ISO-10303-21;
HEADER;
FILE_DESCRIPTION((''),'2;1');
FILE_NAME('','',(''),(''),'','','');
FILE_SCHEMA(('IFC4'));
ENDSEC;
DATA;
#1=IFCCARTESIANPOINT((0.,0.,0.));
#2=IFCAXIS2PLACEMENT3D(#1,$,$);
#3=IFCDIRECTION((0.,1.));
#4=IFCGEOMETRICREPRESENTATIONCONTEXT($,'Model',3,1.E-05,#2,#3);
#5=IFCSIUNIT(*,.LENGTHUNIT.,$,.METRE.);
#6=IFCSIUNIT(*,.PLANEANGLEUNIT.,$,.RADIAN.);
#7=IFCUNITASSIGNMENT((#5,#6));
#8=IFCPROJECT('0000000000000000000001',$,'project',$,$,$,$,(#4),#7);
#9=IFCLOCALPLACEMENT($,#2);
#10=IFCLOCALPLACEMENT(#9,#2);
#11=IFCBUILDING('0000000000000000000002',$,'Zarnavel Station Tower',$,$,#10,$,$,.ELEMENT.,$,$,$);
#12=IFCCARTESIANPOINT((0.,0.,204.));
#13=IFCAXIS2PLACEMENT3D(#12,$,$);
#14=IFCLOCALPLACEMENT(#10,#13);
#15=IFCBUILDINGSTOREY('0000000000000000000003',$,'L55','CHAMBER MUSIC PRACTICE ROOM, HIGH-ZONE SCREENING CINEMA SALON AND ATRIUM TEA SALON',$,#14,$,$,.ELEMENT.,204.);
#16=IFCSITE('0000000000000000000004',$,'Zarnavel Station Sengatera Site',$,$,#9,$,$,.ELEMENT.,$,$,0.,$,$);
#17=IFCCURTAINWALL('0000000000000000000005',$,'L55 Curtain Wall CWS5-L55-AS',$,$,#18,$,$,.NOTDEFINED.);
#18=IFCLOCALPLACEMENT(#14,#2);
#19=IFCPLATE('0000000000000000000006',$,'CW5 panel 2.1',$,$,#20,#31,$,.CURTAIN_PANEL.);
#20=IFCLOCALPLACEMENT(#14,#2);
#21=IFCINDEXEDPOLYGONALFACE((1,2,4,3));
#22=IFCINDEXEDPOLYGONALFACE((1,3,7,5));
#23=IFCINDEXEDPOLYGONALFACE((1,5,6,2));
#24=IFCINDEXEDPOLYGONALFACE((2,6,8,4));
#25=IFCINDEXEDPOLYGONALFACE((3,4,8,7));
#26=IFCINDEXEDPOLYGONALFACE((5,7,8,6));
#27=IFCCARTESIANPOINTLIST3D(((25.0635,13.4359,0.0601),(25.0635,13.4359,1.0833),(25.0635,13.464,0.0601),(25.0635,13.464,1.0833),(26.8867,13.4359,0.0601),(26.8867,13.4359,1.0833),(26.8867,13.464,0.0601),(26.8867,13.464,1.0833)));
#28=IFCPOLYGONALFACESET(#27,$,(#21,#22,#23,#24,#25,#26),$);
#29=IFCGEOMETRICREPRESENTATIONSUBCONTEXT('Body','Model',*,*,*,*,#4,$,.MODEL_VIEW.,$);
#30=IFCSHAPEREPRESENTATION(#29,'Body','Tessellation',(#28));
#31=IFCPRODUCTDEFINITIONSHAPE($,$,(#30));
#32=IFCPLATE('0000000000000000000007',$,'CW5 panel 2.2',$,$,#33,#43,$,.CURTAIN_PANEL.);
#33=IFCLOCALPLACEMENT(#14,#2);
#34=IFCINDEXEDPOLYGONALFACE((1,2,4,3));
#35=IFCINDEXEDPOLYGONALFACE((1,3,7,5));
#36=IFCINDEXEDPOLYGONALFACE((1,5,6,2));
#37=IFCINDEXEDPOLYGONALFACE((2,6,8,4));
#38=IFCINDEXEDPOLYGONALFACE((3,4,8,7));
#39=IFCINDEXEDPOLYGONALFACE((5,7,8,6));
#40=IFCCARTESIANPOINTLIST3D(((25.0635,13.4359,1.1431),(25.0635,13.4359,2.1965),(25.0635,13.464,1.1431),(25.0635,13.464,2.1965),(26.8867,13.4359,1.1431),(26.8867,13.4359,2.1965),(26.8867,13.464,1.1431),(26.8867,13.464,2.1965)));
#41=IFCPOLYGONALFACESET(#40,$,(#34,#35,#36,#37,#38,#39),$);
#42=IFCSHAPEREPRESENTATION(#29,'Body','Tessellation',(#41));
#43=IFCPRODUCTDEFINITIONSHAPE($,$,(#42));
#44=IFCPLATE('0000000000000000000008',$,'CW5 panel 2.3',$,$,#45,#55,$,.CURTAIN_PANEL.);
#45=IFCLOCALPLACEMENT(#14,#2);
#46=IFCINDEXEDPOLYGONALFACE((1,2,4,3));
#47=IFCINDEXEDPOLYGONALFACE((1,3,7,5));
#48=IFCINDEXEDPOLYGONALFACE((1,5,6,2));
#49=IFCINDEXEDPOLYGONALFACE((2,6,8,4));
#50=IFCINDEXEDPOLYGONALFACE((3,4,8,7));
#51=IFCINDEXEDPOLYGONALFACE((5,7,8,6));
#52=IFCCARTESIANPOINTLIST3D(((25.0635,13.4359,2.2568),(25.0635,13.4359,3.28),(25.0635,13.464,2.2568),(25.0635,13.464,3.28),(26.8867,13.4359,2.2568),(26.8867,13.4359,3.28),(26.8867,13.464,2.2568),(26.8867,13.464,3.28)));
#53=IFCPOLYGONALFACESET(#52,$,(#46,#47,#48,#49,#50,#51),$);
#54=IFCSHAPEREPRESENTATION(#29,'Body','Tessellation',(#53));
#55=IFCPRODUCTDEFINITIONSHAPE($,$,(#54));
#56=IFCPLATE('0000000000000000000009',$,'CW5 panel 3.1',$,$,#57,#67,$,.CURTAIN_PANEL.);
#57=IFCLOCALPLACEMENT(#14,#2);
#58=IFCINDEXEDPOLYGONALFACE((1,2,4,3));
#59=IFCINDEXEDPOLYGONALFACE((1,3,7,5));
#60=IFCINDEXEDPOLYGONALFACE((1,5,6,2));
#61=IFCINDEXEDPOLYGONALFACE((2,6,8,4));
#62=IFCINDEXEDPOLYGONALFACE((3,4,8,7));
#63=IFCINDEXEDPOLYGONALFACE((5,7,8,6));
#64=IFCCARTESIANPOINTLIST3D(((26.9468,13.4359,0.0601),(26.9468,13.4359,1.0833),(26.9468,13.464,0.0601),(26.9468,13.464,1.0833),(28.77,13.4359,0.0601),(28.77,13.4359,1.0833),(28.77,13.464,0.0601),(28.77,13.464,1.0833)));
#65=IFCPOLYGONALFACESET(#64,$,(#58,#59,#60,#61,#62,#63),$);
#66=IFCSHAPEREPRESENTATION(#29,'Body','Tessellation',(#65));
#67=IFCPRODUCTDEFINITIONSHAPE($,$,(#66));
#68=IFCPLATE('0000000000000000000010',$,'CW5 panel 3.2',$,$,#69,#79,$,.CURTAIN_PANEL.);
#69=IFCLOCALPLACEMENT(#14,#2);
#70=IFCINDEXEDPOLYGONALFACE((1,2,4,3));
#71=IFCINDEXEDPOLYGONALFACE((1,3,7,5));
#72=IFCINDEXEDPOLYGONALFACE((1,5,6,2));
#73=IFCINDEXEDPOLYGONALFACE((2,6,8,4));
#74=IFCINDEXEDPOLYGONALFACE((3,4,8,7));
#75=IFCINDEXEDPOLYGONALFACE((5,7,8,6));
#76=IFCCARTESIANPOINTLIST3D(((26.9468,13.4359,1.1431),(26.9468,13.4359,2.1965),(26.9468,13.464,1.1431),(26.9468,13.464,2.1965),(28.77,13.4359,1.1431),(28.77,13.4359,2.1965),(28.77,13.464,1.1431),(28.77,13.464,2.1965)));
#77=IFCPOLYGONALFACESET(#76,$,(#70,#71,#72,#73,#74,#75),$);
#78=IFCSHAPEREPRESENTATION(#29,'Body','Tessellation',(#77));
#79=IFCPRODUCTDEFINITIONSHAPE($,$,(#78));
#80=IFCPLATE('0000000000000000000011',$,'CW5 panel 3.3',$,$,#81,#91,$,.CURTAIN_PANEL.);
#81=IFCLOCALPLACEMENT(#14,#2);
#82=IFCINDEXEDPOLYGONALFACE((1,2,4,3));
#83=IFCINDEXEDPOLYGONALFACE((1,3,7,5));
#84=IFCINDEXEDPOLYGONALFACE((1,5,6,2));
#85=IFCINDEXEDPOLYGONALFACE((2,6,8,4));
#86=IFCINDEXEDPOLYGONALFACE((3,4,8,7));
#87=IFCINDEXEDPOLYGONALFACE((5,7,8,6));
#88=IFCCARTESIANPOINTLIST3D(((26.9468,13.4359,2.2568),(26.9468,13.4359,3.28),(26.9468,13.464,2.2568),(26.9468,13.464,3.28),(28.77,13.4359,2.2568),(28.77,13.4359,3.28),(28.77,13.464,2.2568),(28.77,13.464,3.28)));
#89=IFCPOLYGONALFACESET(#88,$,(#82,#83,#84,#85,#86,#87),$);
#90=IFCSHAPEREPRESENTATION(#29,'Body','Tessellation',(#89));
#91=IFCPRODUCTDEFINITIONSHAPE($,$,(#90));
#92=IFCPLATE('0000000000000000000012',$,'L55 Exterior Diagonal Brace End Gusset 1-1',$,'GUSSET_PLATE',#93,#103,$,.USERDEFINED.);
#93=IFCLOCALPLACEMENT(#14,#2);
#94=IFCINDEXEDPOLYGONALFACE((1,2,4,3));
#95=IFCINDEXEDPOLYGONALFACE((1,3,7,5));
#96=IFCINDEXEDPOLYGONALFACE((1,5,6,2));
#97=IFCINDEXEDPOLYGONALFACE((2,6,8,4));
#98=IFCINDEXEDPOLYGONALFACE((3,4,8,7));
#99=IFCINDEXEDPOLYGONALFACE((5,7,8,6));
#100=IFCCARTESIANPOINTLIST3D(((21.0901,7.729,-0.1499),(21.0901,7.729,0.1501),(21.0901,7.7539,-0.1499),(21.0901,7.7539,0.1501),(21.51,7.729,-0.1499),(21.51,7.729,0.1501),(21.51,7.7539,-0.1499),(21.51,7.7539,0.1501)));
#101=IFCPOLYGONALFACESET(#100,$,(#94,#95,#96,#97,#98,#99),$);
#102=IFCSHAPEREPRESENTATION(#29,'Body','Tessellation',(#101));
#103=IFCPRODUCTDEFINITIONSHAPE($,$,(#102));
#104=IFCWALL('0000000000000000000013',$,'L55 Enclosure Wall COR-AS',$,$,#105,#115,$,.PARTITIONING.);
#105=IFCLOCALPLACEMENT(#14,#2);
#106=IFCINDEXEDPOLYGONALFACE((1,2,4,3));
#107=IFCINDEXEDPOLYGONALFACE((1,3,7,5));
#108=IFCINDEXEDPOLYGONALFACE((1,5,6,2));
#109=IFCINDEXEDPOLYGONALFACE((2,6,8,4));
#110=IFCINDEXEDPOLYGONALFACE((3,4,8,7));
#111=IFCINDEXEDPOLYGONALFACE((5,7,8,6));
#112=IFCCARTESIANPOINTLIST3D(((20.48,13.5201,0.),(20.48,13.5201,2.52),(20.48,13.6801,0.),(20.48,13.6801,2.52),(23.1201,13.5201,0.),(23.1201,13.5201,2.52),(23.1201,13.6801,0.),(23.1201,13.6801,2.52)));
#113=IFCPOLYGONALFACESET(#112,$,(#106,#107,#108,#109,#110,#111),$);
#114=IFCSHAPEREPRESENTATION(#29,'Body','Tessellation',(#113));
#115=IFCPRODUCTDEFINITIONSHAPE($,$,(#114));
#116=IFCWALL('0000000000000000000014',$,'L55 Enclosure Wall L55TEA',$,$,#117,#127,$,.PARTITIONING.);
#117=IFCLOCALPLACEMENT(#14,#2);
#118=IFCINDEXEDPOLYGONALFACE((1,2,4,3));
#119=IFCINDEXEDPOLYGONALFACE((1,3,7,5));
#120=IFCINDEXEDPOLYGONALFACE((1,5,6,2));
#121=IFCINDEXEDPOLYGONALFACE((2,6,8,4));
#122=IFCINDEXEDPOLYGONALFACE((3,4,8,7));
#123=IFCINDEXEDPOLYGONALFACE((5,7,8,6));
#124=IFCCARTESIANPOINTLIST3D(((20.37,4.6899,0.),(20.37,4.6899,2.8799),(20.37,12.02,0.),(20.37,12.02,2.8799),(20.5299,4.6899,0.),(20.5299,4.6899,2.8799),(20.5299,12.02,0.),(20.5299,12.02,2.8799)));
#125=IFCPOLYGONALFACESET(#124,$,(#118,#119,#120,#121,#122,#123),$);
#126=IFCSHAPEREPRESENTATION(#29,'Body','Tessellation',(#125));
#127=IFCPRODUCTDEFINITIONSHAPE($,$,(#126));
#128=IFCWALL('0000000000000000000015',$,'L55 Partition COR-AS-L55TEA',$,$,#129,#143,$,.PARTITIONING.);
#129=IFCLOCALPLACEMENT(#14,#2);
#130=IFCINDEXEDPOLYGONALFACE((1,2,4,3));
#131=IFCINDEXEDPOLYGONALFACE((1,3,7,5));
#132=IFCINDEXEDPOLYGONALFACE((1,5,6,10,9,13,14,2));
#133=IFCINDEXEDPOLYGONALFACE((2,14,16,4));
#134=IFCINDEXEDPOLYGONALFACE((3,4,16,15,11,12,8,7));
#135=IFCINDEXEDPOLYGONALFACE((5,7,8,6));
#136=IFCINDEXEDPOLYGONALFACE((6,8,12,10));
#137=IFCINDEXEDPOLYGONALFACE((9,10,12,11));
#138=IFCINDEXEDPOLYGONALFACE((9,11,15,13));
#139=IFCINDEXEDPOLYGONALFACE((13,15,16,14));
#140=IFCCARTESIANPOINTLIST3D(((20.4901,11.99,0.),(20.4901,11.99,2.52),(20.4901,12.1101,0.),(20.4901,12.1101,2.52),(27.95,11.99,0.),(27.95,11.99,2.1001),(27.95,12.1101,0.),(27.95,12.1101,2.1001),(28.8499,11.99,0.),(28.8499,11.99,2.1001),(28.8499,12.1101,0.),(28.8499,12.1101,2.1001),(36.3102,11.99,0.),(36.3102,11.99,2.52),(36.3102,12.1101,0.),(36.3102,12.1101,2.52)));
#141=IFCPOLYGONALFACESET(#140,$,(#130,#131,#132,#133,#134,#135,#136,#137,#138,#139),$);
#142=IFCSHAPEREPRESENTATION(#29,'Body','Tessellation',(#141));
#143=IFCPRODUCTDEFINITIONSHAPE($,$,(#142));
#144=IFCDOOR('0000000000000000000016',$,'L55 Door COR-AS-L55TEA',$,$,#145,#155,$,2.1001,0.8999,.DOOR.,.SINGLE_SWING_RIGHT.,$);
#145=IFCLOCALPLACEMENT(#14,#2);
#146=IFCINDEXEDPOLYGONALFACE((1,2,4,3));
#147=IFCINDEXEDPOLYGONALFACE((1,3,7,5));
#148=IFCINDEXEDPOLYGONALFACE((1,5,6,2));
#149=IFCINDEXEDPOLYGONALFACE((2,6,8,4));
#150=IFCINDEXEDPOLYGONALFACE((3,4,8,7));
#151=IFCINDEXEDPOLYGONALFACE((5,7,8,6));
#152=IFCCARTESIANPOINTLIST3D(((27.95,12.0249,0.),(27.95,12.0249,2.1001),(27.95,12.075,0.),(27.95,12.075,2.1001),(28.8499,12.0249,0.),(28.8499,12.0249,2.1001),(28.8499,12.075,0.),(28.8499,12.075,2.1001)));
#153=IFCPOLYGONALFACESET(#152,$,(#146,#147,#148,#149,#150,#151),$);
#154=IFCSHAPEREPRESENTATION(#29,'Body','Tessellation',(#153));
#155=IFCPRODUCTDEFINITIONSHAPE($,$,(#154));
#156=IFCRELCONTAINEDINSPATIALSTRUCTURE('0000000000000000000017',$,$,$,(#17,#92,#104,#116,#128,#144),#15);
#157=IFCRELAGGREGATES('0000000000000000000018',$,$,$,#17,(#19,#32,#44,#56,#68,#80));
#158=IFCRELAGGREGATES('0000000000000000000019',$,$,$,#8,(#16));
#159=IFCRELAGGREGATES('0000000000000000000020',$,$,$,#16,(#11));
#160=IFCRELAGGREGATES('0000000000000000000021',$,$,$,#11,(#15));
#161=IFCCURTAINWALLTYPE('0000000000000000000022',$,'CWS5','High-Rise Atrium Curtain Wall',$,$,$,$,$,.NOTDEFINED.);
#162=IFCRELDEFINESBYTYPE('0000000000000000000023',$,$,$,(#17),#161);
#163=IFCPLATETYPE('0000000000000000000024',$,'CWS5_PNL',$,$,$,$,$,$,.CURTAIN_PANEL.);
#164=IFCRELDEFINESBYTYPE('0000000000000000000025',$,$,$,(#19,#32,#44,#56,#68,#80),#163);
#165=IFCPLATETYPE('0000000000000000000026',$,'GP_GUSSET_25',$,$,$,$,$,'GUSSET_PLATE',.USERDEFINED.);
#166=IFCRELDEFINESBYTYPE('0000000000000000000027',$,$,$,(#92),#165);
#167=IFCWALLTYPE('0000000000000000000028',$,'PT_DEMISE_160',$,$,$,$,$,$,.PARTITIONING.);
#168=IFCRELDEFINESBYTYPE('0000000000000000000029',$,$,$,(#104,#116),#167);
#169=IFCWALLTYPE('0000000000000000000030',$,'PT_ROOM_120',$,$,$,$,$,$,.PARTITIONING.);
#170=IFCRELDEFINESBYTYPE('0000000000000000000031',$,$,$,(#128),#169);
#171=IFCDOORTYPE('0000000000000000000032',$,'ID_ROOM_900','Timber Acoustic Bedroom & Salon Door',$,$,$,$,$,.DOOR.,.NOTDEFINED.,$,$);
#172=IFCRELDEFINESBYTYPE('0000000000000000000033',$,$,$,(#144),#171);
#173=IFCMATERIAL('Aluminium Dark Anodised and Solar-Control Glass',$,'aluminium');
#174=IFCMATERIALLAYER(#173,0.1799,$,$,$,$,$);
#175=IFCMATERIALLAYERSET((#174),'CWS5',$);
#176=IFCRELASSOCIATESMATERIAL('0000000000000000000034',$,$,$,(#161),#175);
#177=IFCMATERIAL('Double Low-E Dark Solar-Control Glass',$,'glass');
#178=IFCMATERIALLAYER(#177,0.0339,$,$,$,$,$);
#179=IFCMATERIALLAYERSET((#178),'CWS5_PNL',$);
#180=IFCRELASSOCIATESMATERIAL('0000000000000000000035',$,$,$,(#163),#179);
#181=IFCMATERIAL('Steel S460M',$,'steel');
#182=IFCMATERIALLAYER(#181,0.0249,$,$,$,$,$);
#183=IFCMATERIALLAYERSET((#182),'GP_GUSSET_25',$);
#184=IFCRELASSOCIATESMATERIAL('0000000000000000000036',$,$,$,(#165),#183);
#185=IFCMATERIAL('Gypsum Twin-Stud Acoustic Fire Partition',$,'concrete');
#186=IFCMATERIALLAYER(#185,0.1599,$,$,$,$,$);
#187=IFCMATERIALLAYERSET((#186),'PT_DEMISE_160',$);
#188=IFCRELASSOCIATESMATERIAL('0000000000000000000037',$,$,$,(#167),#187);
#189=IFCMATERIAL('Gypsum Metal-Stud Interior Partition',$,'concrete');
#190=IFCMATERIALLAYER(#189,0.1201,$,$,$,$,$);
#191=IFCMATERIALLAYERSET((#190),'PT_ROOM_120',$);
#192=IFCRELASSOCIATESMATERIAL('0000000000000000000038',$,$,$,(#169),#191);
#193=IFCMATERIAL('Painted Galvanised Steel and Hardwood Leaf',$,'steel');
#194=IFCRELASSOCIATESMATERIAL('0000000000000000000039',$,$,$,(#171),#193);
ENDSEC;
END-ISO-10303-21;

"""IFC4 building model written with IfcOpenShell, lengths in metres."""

from ifc_helpers import new_model, si_unit, direction, frame, frame_2d, origin, origin_2d, place, context, subcontext, project, spatial, rectangle, extrude, material, layer, layer_set, type_object, element, fill, aggregate, save


model = new_model("IFC4")

# Units and contexts
model_context = context("Model", 3, precision=1e-05, world=origin(), true_north=direction((0.0, 1.0)))
body_context = subcontext(model_context, "Body", "Model", "MODEL_VIEW")
ifc_project = project(units=[si_unit("LENGTHUNIT", "METRE"), si_unit("PLANEANGLEUNIT", "RADIAN")], contexts=[model_context])

# Site, building, storey
site_placement = place(None, origin())
site = spatial("IfcSite", under=ifc_project, at=site_placement, Name="Zarnavel Station Sengatera Site", CompositionType="ELEMENT", RefElevation=0.0)
building_placement = place(site_placement, origin())
building = spatial("IfcBuilding", under=site, at=building_placement, Name="Zarnavel Station Tower", CompositionType="ELEMENT")
storey_placement = place(building_placement, frame((0.0, 0.0, 204.0)))
storey = spatial("IfcBuildingStorey", under=building, at=storey_placement, Name="L55", Description="CHAMBER MUSIC PRACTICE ROOM, HIGH-ZONE SCREENING CINEMA SALON AND ATRIUM TEA SALON", CompositionType="ELEMENT", Elevation=204.0)

# Curtain wall
ifc_material_1 = material(Name="Aluminium Dark Anodised and Solar-Control Glass", Category="aluminium")
ifc_layer_1 = layer(ifc_material_1, 0.1799)
ifc_layer_set_1 = layer_set([ifc_layer_1], Name="CWS5")
curtain_wall_type = type_object("IfcCurtainWallType", Name="CWS5", Description="High-Rise Atrium Curtain Wall", PredefinedType="NOTDEFINED", material=ifc_layer_set_1)
curtain_wall_placement = place(storey_placement, origin())
curtain_wall = element("IfcCurtainWall", 1, at=curtain_wall_placement, inside=storey, type_object=curtain_wall_type, Name="L55 Curtain Wall CWS5-L55-AS", PredefinedType="NOTDEFINED")

# Plates
ifc_material_2 = material(Name="Double Low-E Dark Solar-Control Glass", Category="glass")
ifc_layer_2 = layer(ifc_material_2, 0.0339)
ifc_layer_set_2 = layer_set([ifc_layer_2], Name="CWS5_PNL")
plate_type_1 = type_object("IfcPlateType", Name="CWS5_PNL", PredefinedType="CURTAIN_PANEL", material=ifc_layer_set_2)
plate_1_placement = place(storey_placement, frame((25.9751, 13.45, 0.0601), z_axis=(0.0, 0.0, 1.0), x_axis=(1.0, 0.0, 0.0)))
plate_1 = element("IfcPlate", 2, at=plate_1_placement, type_object=plate_type_1, Name="CW5 panel 2.1", PredefinedType="CURTAIN_PANEL", context=body_context, shape_type="SweptSolid", body=[
    extrude(rectangle(XDim=1.8232, YDim=0.0281, at=origin_2d()), origin(), (0.0, 0.0, 1.0), 1.0232),
])
plate_2_placement = place(storey_placement, frame((25.9751, 13.45, 1.1431), z_axis=(0.0, 0.0, 1.0), x_axis=(1.0, 0.0, 0.0)))
plate_2 = element("IfcPlate", 3, at=plate_2_placement, type_object=plate_type_1, Name="CW5 panel 2.2", PredefinedType="CURTAIN_PANEL", context=body_context, shape_type="SweptSolid", body=[
    extrude(rectangle(XDim=1.8232, YDim=0.0281, at=origin_2d()), origin(), (0.0, 0.0, 1.0), 1.0535),
])
plate_3_placement = place(storey_placement, frame((25.9751, 13.45, 2.2568), z_axis=(0.0, 0.0, 1.0), x_axis=(1.0, 0.0, 0.0)))
plate_3 = element("IfcPlate", 4, at=plate_3_placement, type_object=plate_type_1, Name="CW5 panel 2.3", PredefinedType="CURTAIN_PANEL", context=body_context, shape_type="SweptSolid", body=[
    extrude(rectangle(XDim=1.8232, YDim=0.0281, at=origin_2d()), origin(), (0.0, 0.0, 1.0), 1.0232),
])
plate_4_placement = place(storey_placement, frame((27.8584, 13.45, 0.0601), z_axis=(0.0, 0.0, 1.0), x_axis=(1.0, 0.0, 0.0)))
plate_4 = element("IfcPlate", 5, at=plate_4_placement, type_object=plate_type_1, Name="CW5 panel 3.1", PredefinedType="CURTAIN_PANEL", context=body_context, shape_type="SweptSolid", body=[
    extrude(rectangle(XDim=1.8232, YDim=0.0281, at=origin_2d()), origin(), (0.0, 0.0, 1.0), 1.0232),
])
plate_5_placement = place(storey_placement, frame((27.8584, 13.45, 1.1431), z_axis=(0.0, 0.0, 1.0), x_axis=(1.0, 0.0, 0.0)))
plate_5 = element("IfcPlate", 6, at=plate_5_placement, type_object=plate_type_1, Name="CW5 panel 3.2", PredefinedType="CURTAIN_PANEL", context=body_context, shape_type="SweptSolid", body=[
    extrude(rectangle(XDim=1.8232, YDim=0.0281, at=origin_2d()), origin(), (0.0, 0.0, 1.0), 1.0535),
])
plate_6_placement = place(storey_placement, frame((27.8584, 13.45, 2.2568), z_axis=(0.0, 0.0, 1.0), x_axis=(1.0, 0.0, 0.0)))
plate_6 = element("IfcPlate", 7, at=plate_6_placement, type_object=plate_type_1, Name="CW5 panel 3.3", PredefinedType="CURTAIN_PANEL", context=body_context, shape_type="SweptSolid", body=[
    extrude(rectangle(XDim=1.8232, YDim=0.0281, at=origin_2d()), origin(), (0.0, 0.0, 1.0), 1.0232),
])
aggregate(curtain_wall, [plate_1, plate_2, plate_3, plate_4, plate_5, plate_6])
ifc_material_3 = material(Name="Steel S460M", Category="steel")
ifc_layer_3 = layer(ifc_material_3, 0.0249)
ifc_layer_set_3 = layer_set([ifc_layer_3], Name="GP_GUSSET_25")
plate_type_2 = type_object("IfcPlateType", Name="GP_GUSSET_25", ElementType="GUSSET_PLATE", PredefinedType="USERDEFINED", material=ifc_layer_set_3)
plate_7_placement = place(storey_placement, frame((21.3, 7.7415, -0.1499), z_axis=(0.0, 0.0, 1.0), x_axis=(1.0, 0.0, 0.0)))
element("IfcPlate", 8, at=plate_7_placement, inside=storey, type_object=plate_type_2, Name="L55 Exterior Diagonal Brace End Gusset 1-1", ObjectType="GUSSET_PLATE", PredefinedType="USERDEFINED", context=body_context, shape_type="SweptSolid", body=[
    extrude(rectangle(XDim=0.4199, YDim=0.0249, at=origin_2d()), origin(), (0.0, 0.0, 1.0), 0.3),
])

# Walls
ifc_material_4 = material(Name="Gypsum Twin-Stud Acoustic Fire Partition", Category="concrete")
ifc_layer_4 = layer(ifc_material_4, 0.1599)
ifc_layer_set_4 = layer_set([ifc_layer_4], Name="PT_DEMISE_160")
wall_type_1 = type_object("IfcWallType", Name="PT_DEMISE_160", PredefinedType="PARTITIONING", material=ifc_layer_set_4)
wall_1_placement = place(storey_placement, frame((20.48, 13.6001, 0.0), z_axis=(0.0, 0.0, 1.0), x_axis=(1.0, 0.0, 0.0)))
element("IfcWall", 9, at=wall_1_placement, inside=storey, type_object=wall_type_1, Name="L55 Enclosure Wall COR-AS", PredefinedType="PARTITIONING", context=body_context, shape_type="SweptSolid", body=[
    extrude(rectangle(XDim=2.6401, YDim=0.1599, at=frame_2d((1.3201, 0.0))), origin(), (0.0, 0.0, 1.0), 2.52),
])
wall_2_placement = place(storey_placement, frame((20.45, 4.6899, 0.0), z_axis=(0.0, 0.0, 1.0), x_axis=(0.0, 1.0, 0.0)))
element("IfcWall", 10, at=wall_2_placement, inside=storey, type_object=wall_type_1, Name="L55 Enclosure Wall L55TEA", PredefinedType="PARTITIONING", context=body_context, shape_type="SweptSolid", body=[
    extrude(rectangle(XDim=7.3301, YDim=0.1599, at=frame_2d((3.665, 0.0))), origin(), (0.0, 0.0, 1.0), 2.8799),
])

# Wall, opening, door
ifc_material_5 = material(Name="Gypsum Metal-Stud Interior Partition", Category="concrete")
ifc_layer_5 = layer(ifc_material_5, 0.1201)
ifc_layer_set_5 = layer_set([ifc_layer_5], Name="PT_ROOM_120")
wall_type_2 = type_object("IfcWallType", Name="PT_ROOM_120", PredefinedType="PARTITIONING", material=ifc_layer_set_5)
wall_3_placement = place(storey_placement, frame((20.49, 12.05, 0.0), z_axis=(0.0, 0.0, 1.0), x_axis=(1.0, 0.0, 0.0)))
wall_3 = element("IfcWall", 11, at=wall_3_placement, inside=storey, type_object=wall_type_2, Name="L55 Partition COR-AS-L55TEA", PredefinedType="PARTITIONING", context=body_context, shape_type="SweptSolid", body=[
    extrude(rectangle(XDim=15.8201, YDim=0.1201, at=frame_2d((7.9102, 0.0))), origin(), (0.0, 0.0, 1.0), 2.52),
])
opening_placement = place(wall_3_placement, frame((7.46, 0.0, 0.0)))
opening = element("IfcOpeningElement", 12, at=opening_placement, cuts=wall_3, PredefinedType="OPENING", context=body_context, shape_type="SweptSolid", body=[
    extrude(rectangle(XDim=0.8999, YDim=2.1001, at=frame_2d((0.45, 1.05))), frame((0.0, 0.0701, 0.0), z_axis=(0.0, -1.0, 0.0), x_axis=(1.0, 0.0, 0.0)), (0.0, 0.0, 1.0), 0.1401),
])
ifc_material_6 = material(Name="Painted Galvanised Steel and Hardwood Leaf", Category="steel")
door_type = type_object("IfcDoorType", Name="ID_ROOM_900", Description="Timber Acoustic Bedroom & Salon Door", OperationType="NOTDEFINED", PredefinedType="DOOR", material=ifc_material_6)
door_placement = place(opening_placement, origin())
door = element("IfcDoor", 13, at=door_placement, inside=storey, type_object=door_type, Name="L55 Door COR-AS-L55TEA", OperationType="SINGLE_SWING_RIGHT", OverallHeight=2.1001, OverallWidth=0.8999, PredefinedType="DOOR", context=body_context, shape_type="SweptSolid", body=[
    extrude(rectangle(XDim=0.8999, YDim=2.1001, at=frame_2d((0.45, 1.05))), frame((0.0, 0.0249, 0.0), z_axis=(0.0, -1.0, 0.0), x_axis=(1.0, 0.0, 0.0)), (0.0, 0.0, 1.0), 0.05),
])
fill(opening, door)

save(model, "model.ifc")
